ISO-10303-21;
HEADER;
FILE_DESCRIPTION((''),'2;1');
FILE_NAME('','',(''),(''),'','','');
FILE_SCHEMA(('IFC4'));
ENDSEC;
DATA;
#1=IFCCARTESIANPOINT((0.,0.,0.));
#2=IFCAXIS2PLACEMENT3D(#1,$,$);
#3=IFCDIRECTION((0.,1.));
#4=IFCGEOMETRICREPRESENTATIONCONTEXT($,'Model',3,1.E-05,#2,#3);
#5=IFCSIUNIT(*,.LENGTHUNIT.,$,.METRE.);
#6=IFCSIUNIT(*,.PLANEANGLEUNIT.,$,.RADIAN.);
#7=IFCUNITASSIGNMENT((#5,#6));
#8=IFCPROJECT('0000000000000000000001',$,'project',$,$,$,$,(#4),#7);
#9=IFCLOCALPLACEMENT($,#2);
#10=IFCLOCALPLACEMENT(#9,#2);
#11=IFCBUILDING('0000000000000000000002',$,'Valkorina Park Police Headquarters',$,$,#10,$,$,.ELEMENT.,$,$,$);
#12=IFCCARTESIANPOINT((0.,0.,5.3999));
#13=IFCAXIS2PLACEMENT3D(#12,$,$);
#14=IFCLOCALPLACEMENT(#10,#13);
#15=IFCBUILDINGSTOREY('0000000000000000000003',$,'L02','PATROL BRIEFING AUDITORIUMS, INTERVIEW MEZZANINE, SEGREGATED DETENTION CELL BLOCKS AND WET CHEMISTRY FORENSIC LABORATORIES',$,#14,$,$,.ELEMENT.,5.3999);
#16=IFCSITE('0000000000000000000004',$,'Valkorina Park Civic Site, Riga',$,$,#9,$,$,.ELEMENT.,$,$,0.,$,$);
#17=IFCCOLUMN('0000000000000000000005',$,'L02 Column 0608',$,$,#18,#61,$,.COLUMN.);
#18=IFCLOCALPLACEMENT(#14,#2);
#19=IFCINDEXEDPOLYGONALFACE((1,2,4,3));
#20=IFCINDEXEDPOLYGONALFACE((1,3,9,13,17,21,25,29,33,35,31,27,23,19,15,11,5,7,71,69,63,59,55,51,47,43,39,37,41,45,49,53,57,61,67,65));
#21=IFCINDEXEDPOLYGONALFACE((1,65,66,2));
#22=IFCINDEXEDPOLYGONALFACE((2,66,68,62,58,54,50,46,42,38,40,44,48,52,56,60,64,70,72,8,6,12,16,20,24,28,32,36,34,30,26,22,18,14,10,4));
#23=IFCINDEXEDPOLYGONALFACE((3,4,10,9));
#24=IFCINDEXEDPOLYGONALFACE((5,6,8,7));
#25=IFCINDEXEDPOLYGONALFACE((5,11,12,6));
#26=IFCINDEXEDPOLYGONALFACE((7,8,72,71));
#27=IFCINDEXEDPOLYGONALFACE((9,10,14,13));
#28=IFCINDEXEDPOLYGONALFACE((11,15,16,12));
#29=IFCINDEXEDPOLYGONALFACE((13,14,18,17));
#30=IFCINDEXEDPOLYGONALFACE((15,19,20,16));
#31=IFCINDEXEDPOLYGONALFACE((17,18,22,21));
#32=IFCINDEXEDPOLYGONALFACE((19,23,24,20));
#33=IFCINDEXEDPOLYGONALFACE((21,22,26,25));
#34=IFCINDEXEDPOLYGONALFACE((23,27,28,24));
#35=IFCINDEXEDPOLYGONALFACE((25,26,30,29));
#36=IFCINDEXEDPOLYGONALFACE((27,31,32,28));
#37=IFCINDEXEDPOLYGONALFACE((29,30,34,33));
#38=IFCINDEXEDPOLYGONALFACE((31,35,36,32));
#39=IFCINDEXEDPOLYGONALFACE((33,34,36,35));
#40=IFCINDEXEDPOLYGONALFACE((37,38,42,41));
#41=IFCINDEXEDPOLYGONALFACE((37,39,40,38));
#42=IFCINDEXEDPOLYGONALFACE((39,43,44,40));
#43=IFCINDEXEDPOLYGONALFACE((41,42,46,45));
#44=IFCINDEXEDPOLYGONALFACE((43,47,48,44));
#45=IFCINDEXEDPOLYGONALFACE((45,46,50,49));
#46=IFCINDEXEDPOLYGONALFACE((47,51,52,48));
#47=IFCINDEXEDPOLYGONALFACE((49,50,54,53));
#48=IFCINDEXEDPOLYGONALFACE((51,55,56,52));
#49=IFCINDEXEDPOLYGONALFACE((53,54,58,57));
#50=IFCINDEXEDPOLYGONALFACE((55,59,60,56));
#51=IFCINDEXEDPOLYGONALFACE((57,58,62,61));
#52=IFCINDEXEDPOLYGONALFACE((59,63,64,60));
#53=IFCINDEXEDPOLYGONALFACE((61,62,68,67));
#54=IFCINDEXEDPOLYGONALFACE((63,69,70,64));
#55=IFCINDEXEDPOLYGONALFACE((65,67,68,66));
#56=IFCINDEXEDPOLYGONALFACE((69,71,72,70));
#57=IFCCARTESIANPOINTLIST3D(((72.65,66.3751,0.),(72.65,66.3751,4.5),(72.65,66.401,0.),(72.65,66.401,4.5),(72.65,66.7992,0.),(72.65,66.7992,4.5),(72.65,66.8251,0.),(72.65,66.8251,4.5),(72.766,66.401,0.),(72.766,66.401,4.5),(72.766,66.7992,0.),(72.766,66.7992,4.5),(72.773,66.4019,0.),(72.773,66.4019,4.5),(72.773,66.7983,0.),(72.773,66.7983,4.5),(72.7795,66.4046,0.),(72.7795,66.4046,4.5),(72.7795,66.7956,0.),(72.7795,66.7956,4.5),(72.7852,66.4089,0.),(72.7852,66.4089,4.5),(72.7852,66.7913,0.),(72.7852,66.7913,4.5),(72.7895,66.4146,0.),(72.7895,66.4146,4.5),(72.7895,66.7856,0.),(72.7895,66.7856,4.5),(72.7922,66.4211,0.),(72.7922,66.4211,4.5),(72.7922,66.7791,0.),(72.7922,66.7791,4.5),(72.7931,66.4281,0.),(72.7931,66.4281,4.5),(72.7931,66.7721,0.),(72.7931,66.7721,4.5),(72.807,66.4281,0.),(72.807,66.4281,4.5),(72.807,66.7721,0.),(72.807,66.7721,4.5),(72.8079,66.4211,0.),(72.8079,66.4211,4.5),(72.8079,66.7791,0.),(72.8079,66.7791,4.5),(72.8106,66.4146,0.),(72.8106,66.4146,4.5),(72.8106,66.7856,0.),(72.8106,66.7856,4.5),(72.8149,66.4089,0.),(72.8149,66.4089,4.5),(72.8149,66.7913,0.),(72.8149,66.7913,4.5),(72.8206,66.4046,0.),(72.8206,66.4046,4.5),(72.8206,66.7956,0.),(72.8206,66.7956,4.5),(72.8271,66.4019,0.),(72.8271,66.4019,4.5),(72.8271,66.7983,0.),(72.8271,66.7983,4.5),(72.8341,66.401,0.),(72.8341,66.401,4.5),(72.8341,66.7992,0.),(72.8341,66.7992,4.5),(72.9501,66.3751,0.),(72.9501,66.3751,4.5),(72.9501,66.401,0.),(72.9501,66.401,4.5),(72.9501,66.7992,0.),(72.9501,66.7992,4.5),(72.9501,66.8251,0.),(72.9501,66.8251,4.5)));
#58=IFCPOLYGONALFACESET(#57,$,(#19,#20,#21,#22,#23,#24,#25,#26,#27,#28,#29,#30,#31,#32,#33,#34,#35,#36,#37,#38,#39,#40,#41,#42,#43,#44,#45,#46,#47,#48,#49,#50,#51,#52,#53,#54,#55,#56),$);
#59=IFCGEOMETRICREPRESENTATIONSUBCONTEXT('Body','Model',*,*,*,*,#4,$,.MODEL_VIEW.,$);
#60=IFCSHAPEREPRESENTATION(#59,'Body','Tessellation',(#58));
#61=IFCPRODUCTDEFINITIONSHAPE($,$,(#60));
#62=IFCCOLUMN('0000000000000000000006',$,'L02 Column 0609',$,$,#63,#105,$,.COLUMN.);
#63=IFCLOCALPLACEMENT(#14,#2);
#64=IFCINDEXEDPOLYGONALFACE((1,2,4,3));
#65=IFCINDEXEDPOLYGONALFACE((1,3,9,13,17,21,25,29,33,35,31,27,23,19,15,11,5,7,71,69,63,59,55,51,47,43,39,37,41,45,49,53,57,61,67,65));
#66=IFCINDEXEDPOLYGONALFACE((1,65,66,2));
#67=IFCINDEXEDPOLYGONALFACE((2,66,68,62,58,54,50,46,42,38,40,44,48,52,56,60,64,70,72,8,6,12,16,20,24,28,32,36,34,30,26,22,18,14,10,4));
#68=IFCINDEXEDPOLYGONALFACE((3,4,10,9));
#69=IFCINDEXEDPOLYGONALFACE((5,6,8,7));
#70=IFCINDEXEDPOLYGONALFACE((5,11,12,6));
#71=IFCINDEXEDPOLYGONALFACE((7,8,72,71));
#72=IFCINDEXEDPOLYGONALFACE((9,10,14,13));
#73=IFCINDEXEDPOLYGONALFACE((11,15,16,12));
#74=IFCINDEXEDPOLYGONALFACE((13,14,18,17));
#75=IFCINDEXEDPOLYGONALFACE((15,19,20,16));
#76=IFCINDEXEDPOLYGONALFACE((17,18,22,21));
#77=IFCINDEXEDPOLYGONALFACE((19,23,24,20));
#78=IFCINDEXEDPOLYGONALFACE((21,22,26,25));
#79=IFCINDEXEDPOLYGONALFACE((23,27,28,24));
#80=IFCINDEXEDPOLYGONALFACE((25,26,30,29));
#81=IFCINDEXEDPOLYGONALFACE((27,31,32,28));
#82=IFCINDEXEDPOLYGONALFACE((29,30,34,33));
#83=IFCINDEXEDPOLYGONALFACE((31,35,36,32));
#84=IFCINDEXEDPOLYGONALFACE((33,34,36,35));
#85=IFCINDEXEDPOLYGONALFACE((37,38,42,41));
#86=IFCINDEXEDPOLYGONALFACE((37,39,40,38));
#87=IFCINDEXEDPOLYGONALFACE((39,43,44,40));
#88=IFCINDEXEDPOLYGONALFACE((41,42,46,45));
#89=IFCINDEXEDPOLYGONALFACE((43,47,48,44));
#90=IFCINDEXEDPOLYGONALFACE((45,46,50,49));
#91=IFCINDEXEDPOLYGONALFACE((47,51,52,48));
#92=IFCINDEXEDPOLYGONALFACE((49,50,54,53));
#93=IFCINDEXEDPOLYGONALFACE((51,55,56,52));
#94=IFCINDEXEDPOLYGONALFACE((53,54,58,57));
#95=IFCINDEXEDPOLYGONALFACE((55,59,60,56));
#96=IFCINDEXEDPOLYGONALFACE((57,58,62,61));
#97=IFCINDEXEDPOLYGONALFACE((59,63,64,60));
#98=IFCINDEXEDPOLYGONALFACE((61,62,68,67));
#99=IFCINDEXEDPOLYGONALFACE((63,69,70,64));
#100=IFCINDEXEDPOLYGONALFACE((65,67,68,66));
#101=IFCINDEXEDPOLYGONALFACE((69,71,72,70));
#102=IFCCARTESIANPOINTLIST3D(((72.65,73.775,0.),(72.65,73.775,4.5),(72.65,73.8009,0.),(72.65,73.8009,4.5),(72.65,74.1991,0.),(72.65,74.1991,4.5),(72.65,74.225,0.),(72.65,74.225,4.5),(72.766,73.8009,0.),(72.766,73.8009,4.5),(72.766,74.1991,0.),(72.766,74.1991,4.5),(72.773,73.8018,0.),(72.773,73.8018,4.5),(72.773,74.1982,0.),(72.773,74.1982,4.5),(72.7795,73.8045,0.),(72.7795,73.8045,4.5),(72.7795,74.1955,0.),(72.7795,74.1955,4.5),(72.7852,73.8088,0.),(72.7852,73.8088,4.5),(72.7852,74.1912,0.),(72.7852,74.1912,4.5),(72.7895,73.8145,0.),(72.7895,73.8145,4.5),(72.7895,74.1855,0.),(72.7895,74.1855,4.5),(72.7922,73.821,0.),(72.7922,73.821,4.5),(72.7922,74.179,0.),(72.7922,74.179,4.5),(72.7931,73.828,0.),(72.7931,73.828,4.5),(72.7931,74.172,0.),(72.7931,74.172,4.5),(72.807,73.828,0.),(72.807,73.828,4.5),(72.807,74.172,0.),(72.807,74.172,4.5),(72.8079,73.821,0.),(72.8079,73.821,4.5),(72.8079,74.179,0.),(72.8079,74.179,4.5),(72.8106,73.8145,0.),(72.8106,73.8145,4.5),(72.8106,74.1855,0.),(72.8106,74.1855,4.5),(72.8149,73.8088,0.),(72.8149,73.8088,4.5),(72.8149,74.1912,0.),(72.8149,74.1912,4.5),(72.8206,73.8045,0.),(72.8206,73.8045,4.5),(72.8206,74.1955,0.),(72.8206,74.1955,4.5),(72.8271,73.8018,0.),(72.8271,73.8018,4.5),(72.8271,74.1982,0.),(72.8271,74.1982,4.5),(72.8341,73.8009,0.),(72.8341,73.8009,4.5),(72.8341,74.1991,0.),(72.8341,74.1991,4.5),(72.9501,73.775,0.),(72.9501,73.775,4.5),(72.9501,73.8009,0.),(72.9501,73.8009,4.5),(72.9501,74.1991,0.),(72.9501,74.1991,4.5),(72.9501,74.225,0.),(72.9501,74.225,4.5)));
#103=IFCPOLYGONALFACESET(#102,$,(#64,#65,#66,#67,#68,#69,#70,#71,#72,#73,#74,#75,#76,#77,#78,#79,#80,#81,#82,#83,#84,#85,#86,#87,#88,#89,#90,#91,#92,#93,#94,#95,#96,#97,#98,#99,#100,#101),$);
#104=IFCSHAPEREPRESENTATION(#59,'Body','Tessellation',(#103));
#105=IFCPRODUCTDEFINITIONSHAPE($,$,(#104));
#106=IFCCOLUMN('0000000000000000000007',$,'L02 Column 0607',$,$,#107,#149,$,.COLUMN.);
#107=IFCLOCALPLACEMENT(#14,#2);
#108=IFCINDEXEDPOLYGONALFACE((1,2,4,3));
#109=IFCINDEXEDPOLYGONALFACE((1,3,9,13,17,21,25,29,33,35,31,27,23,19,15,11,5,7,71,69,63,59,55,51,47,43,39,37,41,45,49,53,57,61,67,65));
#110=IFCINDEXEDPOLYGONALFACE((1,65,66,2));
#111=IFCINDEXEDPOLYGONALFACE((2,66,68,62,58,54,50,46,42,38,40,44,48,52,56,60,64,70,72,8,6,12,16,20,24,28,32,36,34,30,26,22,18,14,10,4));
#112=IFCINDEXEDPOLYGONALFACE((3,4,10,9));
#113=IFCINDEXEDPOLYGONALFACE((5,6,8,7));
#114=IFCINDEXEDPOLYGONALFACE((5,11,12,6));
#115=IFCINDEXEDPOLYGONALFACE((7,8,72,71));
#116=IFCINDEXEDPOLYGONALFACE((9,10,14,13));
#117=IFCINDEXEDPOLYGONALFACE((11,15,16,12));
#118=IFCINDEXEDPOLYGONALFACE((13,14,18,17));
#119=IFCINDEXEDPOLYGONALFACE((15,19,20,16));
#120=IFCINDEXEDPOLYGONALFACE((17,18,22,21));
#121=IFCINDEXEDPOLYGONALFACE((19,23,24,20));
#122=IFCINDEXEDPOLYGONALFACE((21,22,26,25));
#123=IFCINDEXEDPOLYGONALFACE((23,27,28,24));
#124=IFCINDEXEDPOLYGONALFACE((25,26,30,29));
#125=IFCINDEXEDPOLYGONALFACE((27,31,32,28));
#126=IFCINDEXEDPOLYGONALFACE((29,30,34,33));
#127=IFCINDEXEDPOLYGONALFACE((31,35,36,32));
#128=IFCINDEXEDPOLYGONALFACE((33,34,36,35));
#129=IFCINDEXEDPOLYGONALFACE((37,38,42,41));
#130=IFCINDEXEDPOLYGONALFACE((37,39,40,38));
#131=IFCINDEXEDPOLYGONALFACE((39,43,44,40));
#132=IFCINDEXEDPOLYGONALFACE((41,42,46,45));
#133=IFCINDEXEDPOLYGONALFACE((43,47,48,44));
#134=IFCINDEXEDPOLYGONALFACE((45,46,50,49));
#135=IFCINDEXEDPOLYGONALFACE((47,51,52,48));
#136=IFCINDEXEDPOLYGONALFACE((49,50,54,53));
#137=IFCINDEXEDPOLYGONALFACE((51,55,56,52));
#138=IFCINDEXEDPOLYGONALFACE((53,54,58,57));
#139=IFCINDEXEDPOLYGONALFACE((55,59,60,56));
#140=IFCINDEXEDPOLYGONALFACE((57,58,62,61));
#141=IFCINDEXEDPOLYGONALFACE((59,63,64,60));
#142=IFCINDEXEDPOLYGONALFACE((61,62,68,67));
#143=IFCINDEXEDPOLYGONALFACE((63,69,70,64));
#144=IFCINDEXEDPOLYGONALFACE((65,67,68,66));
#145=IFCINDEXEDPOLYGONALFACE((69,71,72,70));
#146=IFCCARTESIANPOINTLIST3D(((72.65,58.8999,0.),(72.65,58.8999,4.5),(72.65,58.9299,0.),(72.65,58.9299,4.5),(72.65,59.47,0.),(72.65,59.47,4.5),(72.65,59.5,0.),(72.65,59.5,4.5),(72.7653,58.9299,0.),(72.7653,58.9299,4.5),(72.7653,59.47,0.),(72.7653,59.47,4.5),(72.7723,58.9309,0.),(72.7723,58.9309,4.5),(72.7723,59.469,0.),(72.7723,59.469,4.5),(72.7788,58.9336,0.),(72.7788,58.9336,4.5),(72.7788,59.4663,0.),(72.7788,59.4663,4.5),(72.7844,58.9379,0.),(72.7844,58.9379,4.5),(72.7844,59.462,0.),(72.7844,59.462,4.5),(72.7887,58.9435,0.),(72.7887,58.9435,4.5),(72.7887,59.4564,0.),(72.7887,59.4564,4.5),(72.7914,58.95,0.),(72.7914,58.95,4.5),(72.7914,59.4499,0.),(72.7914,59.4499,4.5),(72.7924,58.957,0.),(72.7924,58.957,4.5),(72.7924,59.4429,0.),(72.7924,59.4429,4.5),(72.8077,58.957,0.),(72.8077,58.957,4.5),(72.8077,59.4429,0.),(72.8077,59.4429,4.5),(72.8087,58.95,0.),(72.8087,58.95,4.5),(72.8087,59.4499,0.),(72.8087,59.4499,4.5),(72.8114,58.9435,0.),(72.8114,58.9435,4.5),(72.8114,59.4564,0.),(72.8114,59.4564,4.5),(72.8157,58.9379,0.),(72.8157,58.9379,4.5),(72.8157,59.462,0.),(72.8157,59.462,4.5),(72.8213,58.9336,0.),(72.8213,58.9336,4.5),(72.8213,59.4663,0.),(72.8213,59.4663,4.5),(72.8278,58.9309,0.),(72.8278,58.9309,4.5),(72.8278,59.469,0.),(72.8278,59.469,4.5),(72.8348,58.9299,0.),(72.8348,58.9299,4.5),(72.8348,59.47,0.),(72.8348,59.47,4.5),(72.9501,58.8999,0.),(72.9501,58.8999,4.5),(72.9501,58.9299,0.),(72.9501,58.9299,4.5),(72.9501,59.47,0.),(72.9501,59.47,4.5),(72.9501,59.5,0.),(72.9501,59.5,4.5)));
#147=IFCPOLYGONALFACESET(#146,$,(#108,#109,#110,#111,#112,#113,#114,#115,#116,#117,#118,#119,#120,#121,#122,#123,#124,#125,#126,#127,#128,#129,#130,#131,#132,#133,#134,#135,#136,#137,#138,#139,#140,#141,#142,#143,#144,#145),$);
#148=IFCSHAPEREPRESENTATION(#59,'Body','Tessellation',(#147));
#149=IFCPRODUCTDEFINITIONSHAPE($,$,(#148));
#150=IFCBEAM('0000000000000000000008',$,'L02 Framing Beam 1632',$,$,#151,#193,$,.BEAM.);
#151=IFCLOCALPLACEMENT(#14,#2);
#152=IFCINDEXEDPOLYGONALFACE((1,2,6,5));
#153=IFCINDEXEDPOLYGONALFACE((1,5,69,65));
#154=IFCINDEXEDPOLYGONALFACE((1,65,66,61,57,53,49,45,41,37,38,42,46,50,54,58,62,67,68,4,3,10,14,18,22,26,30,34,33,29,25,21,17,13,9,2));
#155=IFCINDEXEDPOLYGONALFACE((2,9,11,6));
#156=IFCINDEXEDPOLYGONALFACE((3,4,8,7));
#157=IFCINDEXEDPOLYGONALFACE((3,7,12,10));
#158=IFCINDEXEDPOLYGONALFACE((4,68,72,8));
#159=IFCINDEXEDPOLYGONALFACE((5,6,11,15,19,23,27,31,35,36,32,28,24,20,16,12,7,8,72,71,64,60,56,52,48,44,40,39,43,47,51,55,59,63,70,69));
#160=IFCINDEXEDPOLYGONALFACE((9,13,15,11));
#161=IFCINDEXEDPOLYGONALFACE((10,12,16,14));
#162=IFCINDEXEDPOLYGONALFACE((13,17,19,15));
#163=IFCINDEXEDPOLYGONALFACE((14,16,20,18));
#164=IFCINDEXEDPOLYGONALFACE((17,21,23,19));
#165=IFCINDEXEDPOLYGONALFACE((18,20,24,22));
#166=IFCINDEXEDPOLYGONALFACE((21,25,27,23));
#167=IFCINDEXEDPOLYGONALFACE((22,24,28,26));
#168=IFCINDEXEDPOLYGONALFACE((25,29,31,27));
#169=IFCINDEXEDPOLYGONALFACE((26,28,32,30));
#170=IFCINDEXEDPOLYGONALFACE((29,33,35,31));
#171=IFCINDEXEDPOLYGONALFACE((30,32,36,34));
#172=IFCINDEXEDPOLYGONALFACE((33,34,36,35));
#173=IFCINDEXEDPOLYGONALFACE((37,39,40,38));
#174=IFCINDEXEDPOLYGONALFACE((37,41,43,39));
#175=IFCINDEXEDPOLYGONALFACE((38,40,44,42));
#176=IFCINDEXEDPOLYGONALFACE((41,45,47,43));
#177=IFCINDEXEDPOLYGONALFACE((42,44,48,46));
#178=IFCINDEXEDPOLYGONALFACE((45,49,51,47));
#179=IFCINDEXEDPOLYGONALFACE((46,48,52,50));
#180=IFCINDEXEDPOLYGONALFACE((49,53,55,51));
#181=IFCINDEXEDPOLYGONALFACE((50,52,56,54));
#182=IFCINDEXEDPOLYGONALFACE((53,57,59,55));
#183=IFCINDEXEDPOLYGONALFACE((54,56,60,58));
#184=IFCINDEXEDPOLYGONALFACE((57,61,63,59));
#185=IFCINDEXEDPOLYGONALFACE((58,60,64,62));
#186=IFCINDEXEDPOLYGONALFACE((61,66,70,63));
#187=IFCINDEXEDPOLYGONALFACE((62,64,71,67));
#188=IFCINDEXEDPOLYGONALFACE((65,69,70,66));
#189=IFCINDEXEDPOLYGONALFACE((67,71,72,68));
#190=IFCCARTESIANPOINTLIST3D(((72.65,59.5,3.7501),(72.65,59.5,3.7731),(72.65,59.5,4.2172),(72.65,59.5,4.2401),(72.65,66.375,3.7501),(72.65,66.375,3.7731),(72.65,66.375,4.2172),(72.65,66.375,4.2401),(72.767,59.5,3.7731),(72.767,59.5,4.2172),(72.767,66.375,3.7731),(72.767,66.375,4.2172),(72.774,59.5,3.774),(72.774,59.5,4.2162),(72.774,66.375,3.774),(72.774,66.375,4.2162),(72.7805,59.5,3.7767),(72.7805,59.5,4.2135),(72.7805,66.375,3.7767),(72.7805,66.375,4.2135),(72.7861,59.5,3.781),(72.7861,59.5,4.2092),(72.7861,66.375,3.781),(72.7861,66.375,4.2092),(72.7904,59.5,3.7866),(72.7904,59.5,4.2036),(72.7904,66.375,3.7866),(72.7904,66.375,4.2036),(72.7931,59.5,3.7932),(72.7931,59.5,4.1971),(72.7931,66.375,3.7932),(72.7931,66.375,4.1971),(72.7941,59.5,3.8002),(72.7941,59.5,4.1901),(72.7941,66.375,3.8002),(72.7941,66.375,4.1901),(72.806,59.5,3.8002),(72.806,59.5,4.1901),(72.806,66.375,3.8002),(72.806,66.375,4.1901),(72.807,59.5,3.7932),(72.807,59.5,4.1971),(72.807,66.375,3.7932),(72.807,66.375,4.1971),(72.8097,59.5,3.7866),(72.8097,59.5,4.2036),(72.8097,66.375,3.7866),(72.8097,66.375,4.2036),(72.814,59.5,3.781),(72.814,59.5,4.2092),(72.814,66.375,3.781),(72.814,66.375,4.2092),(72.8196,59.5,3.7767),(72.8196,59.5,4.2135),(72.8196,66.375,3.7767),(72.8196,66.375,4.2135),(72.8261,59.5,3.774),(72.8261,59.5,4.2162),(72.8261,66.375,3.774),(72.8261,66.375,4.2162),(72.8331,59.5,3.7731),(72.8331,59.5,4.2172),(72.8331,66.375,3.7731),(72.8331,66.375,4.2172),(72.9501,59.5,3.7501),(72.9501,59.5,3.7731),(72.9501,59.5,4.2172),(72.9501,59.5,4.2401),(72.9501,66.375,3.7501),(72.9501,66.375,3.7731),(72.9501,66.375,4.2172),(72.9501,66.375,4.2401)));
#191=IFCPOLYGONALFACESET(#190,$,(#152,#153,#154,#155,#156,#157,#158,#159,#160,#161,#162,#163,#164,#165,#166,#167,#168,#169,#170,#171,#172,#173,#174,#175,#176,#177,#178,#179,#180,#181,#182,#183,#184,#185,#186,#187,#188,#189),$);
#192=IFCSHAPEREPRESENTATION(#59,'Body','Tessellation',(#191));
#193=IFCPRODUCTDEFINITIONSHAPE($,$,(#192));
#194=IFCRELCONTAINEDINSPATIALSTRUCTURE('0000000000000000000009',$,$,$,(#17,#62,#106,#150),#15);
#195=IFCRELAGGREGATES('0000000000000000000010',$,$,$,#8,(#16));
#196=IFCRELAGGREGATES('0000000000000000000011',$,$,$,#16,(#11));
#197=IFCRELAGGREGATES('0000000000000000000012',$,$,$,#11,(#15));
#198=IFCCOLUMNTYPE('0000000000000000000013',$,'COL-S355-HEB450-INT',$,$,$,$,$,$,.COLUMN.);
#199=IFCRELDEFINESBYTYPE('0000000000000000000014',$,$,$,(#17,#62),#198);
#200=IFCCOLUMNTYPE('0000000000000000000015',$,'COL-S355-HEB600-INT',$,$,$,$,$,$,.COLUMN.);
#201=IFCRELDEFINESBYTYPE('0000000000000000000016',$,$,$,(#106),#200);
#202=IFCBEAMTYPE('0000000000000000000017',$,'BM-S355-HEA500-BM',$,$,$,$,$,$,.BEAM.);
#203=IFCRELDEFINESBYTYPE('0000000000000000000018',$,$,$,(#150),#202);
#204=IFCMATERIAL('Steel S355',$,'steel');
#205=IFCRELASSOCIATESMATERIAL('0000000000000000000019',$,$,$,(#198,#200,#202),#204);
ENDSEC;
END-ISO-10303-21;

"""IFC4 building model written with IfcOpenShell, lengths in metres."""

from ifc_helpers import new_model, si_unit, direction, frame, origin, origin_2d, place, context, subcontext, project, spatial, i_section, extrude, material, material_profile, profile_set, type_object, element, save


model = new_model("IFC4")

# Units and contexts
model_context = context("Model", 3, precision=1e-05, world=origin(), true_north=direction((0.0, 1.0)))
body_context = subcontext(model_context, "Body", "Model", "MODEL_VIEW")
ifc_project = project(units=[si_unit("LENGTHUNIT", "METRE"), si_unit("PLANEANGLEUNIT", "RADIAN")], contexts=[model_context])

# Site, building, storey
site_placement = place(None, origin())
site = spatial("IfcSite", under=ifc_project, at=site_placement, Name="Valkorina Park Civic Site, Riga", CompositionType="ELEMENT", RefElevation=0.0)
building_placement = place(site_placement, origin())
building = spatial("IfcBuilding", under=site, at=building_placement, Name="Valkorina Park Police Headquarters", CompositionType="ELEMENT")
storey_placement = place(building_placement, frame((0.0, 0.0, 5.3999)))
storey = spatial("IfcBuildingStorey", under=building, at=storey_placement, Name="L02", Description="PATROL BRIEFING AUDITORIUMS, INTERVIEW MEZZANINE, SEGREGATED DETENTION CELL BLOCKS AND WET CHEMISTRY FORENSIC LABORATORIES", CompositionType="ELEMENT", Elevation=5.3999)

# Columns
ifc_material = material(Name="Steel S355", Category="steel")
ifc_material_profile_1 = material_profile(ifc_material, i_section(OverallWidth=0.3, OverallDepth=0.45, WebThickness=0.0139, FlangeThickness=0.0259, FilletRadius=0.0271, at=origin_2d()), Name="HEB 450")
ifc_profile_set_1 = profile_set([ifc_material_profile_1], Name="Steel S355")
column_type_1 = type_object("IfcColumnType", Name="COL-S355-HEB450-INT", PredefinedType="COLUMN", material=ifc_profile_set_1)
for number, where, z_axis, x_axis, name in (
    (1, (72.8, 66.6001, 0.0), (0.0, 0.0, 1.0), (1.0, 0.0, 0.0), "L02 Column 0608"),
    (2, (72.8, 74.0, 0.0), (0.0, 0.0, 1.0), (1.0, 0.0, 0.0), "L02 Column 0609"),
):
    element("IfcColumn", number, at=place(storey_placement, frame(where, z_axis=z_axis, x_axis=x_axis)), inside=storey, type_object=column_type_1, Name=name, PredefinedType="COLUMN", context=body_context, shape_type="SweptSolid", body=[
        extrude(i_section(OverallWidth=0.3, OverallDepth=0.45, WebThickness=0.0139, FlangeThickness=0.0259, FilletRadius=0.0271, at=origin_2d()), origin(), (0.0, 0.0, 1.0), 4.5),
    ])
ifc_material_profile_2 = material_profile(ifc_material, i_section(OverallWidth=0.3, OverallDepth=0.6001, WebThickness=0.0154, FlangeThickness=0.03, FilletRadius=0.0271, at=origin_2d()), Name="HEB 600")
ifc_profile_set_2 = profile_set([ifc_material_profile_2], Name="Steel S355")
column_type_2 = type_object("IfcColumnType", Name="COL-S355-HEB600-INT", PredefinedType="COLUMN", material=ifc_profile_set_2)
column_placement = place(storey_placement, frame((72.8, 59.2, 0.0), z_axis=(0.0, 0.0, 1.0), x_axis=(1.0, 0.0, 0.0)))
element("IfcColumn", 3, at=column_placement, inside=storey, type_object=column_type_2, Name="L02 Column 0607", PredefinedType="COLUMN", context=body_context, shape_type="SweptSolid", body=[
    extrude(i_section(OverallWidth=0.3, OverallDepth=0.6001, WebThickness=0.0154, FlangeThickness=0.03, FilletRadius=0.0271, at=origin_2d()), origin(), (0.0, 0.0, 1.0), 4.5),
])

# Beam
ifc_material_profile_3 = material_profile(ifc_material, i_section(OverallWidth=0.3, OverallDepth=0.49, WebThickness=0.012, FlangeThickness=0.0229, FilletRadius=0.0271, at=origin_2d()), Name="HEA 500")
ifc_profile_set_3 = profile_set([ifc_material_profile_3], Name="Steel S355")
beam_type_1 = type_object("IfcBeamType", Name="BM-S355-HEA500-BM", PredefinedType="BEAM", material=ifc_profile_set_3)
beam_1_placement = place(storey_placement, frame((72.8, 59.5, 3.9951), z_axis=(0.0, 1.0, 0.0), x_axis=(-1.0, 0.0, 0.0)))
element("IfcBeam", 4, at=beam_1_placement, inside=storey, type_object=beam_type_1, Name="L02 Framing Beam 1632", PredefinedType="BEAM", context=body_context, shape_type="SweptSolid", body=[
    extrude(i_section(OverallWidth=0.3, OverallDepth=0.49, WebThickness=0.012, FlangeThickness=0.0229, FilletRadius=0.0271, at=origin_2d()), origin(), (0.0, 0.0, 1.0), 6.875),
])

save(model, "model.ifc")
